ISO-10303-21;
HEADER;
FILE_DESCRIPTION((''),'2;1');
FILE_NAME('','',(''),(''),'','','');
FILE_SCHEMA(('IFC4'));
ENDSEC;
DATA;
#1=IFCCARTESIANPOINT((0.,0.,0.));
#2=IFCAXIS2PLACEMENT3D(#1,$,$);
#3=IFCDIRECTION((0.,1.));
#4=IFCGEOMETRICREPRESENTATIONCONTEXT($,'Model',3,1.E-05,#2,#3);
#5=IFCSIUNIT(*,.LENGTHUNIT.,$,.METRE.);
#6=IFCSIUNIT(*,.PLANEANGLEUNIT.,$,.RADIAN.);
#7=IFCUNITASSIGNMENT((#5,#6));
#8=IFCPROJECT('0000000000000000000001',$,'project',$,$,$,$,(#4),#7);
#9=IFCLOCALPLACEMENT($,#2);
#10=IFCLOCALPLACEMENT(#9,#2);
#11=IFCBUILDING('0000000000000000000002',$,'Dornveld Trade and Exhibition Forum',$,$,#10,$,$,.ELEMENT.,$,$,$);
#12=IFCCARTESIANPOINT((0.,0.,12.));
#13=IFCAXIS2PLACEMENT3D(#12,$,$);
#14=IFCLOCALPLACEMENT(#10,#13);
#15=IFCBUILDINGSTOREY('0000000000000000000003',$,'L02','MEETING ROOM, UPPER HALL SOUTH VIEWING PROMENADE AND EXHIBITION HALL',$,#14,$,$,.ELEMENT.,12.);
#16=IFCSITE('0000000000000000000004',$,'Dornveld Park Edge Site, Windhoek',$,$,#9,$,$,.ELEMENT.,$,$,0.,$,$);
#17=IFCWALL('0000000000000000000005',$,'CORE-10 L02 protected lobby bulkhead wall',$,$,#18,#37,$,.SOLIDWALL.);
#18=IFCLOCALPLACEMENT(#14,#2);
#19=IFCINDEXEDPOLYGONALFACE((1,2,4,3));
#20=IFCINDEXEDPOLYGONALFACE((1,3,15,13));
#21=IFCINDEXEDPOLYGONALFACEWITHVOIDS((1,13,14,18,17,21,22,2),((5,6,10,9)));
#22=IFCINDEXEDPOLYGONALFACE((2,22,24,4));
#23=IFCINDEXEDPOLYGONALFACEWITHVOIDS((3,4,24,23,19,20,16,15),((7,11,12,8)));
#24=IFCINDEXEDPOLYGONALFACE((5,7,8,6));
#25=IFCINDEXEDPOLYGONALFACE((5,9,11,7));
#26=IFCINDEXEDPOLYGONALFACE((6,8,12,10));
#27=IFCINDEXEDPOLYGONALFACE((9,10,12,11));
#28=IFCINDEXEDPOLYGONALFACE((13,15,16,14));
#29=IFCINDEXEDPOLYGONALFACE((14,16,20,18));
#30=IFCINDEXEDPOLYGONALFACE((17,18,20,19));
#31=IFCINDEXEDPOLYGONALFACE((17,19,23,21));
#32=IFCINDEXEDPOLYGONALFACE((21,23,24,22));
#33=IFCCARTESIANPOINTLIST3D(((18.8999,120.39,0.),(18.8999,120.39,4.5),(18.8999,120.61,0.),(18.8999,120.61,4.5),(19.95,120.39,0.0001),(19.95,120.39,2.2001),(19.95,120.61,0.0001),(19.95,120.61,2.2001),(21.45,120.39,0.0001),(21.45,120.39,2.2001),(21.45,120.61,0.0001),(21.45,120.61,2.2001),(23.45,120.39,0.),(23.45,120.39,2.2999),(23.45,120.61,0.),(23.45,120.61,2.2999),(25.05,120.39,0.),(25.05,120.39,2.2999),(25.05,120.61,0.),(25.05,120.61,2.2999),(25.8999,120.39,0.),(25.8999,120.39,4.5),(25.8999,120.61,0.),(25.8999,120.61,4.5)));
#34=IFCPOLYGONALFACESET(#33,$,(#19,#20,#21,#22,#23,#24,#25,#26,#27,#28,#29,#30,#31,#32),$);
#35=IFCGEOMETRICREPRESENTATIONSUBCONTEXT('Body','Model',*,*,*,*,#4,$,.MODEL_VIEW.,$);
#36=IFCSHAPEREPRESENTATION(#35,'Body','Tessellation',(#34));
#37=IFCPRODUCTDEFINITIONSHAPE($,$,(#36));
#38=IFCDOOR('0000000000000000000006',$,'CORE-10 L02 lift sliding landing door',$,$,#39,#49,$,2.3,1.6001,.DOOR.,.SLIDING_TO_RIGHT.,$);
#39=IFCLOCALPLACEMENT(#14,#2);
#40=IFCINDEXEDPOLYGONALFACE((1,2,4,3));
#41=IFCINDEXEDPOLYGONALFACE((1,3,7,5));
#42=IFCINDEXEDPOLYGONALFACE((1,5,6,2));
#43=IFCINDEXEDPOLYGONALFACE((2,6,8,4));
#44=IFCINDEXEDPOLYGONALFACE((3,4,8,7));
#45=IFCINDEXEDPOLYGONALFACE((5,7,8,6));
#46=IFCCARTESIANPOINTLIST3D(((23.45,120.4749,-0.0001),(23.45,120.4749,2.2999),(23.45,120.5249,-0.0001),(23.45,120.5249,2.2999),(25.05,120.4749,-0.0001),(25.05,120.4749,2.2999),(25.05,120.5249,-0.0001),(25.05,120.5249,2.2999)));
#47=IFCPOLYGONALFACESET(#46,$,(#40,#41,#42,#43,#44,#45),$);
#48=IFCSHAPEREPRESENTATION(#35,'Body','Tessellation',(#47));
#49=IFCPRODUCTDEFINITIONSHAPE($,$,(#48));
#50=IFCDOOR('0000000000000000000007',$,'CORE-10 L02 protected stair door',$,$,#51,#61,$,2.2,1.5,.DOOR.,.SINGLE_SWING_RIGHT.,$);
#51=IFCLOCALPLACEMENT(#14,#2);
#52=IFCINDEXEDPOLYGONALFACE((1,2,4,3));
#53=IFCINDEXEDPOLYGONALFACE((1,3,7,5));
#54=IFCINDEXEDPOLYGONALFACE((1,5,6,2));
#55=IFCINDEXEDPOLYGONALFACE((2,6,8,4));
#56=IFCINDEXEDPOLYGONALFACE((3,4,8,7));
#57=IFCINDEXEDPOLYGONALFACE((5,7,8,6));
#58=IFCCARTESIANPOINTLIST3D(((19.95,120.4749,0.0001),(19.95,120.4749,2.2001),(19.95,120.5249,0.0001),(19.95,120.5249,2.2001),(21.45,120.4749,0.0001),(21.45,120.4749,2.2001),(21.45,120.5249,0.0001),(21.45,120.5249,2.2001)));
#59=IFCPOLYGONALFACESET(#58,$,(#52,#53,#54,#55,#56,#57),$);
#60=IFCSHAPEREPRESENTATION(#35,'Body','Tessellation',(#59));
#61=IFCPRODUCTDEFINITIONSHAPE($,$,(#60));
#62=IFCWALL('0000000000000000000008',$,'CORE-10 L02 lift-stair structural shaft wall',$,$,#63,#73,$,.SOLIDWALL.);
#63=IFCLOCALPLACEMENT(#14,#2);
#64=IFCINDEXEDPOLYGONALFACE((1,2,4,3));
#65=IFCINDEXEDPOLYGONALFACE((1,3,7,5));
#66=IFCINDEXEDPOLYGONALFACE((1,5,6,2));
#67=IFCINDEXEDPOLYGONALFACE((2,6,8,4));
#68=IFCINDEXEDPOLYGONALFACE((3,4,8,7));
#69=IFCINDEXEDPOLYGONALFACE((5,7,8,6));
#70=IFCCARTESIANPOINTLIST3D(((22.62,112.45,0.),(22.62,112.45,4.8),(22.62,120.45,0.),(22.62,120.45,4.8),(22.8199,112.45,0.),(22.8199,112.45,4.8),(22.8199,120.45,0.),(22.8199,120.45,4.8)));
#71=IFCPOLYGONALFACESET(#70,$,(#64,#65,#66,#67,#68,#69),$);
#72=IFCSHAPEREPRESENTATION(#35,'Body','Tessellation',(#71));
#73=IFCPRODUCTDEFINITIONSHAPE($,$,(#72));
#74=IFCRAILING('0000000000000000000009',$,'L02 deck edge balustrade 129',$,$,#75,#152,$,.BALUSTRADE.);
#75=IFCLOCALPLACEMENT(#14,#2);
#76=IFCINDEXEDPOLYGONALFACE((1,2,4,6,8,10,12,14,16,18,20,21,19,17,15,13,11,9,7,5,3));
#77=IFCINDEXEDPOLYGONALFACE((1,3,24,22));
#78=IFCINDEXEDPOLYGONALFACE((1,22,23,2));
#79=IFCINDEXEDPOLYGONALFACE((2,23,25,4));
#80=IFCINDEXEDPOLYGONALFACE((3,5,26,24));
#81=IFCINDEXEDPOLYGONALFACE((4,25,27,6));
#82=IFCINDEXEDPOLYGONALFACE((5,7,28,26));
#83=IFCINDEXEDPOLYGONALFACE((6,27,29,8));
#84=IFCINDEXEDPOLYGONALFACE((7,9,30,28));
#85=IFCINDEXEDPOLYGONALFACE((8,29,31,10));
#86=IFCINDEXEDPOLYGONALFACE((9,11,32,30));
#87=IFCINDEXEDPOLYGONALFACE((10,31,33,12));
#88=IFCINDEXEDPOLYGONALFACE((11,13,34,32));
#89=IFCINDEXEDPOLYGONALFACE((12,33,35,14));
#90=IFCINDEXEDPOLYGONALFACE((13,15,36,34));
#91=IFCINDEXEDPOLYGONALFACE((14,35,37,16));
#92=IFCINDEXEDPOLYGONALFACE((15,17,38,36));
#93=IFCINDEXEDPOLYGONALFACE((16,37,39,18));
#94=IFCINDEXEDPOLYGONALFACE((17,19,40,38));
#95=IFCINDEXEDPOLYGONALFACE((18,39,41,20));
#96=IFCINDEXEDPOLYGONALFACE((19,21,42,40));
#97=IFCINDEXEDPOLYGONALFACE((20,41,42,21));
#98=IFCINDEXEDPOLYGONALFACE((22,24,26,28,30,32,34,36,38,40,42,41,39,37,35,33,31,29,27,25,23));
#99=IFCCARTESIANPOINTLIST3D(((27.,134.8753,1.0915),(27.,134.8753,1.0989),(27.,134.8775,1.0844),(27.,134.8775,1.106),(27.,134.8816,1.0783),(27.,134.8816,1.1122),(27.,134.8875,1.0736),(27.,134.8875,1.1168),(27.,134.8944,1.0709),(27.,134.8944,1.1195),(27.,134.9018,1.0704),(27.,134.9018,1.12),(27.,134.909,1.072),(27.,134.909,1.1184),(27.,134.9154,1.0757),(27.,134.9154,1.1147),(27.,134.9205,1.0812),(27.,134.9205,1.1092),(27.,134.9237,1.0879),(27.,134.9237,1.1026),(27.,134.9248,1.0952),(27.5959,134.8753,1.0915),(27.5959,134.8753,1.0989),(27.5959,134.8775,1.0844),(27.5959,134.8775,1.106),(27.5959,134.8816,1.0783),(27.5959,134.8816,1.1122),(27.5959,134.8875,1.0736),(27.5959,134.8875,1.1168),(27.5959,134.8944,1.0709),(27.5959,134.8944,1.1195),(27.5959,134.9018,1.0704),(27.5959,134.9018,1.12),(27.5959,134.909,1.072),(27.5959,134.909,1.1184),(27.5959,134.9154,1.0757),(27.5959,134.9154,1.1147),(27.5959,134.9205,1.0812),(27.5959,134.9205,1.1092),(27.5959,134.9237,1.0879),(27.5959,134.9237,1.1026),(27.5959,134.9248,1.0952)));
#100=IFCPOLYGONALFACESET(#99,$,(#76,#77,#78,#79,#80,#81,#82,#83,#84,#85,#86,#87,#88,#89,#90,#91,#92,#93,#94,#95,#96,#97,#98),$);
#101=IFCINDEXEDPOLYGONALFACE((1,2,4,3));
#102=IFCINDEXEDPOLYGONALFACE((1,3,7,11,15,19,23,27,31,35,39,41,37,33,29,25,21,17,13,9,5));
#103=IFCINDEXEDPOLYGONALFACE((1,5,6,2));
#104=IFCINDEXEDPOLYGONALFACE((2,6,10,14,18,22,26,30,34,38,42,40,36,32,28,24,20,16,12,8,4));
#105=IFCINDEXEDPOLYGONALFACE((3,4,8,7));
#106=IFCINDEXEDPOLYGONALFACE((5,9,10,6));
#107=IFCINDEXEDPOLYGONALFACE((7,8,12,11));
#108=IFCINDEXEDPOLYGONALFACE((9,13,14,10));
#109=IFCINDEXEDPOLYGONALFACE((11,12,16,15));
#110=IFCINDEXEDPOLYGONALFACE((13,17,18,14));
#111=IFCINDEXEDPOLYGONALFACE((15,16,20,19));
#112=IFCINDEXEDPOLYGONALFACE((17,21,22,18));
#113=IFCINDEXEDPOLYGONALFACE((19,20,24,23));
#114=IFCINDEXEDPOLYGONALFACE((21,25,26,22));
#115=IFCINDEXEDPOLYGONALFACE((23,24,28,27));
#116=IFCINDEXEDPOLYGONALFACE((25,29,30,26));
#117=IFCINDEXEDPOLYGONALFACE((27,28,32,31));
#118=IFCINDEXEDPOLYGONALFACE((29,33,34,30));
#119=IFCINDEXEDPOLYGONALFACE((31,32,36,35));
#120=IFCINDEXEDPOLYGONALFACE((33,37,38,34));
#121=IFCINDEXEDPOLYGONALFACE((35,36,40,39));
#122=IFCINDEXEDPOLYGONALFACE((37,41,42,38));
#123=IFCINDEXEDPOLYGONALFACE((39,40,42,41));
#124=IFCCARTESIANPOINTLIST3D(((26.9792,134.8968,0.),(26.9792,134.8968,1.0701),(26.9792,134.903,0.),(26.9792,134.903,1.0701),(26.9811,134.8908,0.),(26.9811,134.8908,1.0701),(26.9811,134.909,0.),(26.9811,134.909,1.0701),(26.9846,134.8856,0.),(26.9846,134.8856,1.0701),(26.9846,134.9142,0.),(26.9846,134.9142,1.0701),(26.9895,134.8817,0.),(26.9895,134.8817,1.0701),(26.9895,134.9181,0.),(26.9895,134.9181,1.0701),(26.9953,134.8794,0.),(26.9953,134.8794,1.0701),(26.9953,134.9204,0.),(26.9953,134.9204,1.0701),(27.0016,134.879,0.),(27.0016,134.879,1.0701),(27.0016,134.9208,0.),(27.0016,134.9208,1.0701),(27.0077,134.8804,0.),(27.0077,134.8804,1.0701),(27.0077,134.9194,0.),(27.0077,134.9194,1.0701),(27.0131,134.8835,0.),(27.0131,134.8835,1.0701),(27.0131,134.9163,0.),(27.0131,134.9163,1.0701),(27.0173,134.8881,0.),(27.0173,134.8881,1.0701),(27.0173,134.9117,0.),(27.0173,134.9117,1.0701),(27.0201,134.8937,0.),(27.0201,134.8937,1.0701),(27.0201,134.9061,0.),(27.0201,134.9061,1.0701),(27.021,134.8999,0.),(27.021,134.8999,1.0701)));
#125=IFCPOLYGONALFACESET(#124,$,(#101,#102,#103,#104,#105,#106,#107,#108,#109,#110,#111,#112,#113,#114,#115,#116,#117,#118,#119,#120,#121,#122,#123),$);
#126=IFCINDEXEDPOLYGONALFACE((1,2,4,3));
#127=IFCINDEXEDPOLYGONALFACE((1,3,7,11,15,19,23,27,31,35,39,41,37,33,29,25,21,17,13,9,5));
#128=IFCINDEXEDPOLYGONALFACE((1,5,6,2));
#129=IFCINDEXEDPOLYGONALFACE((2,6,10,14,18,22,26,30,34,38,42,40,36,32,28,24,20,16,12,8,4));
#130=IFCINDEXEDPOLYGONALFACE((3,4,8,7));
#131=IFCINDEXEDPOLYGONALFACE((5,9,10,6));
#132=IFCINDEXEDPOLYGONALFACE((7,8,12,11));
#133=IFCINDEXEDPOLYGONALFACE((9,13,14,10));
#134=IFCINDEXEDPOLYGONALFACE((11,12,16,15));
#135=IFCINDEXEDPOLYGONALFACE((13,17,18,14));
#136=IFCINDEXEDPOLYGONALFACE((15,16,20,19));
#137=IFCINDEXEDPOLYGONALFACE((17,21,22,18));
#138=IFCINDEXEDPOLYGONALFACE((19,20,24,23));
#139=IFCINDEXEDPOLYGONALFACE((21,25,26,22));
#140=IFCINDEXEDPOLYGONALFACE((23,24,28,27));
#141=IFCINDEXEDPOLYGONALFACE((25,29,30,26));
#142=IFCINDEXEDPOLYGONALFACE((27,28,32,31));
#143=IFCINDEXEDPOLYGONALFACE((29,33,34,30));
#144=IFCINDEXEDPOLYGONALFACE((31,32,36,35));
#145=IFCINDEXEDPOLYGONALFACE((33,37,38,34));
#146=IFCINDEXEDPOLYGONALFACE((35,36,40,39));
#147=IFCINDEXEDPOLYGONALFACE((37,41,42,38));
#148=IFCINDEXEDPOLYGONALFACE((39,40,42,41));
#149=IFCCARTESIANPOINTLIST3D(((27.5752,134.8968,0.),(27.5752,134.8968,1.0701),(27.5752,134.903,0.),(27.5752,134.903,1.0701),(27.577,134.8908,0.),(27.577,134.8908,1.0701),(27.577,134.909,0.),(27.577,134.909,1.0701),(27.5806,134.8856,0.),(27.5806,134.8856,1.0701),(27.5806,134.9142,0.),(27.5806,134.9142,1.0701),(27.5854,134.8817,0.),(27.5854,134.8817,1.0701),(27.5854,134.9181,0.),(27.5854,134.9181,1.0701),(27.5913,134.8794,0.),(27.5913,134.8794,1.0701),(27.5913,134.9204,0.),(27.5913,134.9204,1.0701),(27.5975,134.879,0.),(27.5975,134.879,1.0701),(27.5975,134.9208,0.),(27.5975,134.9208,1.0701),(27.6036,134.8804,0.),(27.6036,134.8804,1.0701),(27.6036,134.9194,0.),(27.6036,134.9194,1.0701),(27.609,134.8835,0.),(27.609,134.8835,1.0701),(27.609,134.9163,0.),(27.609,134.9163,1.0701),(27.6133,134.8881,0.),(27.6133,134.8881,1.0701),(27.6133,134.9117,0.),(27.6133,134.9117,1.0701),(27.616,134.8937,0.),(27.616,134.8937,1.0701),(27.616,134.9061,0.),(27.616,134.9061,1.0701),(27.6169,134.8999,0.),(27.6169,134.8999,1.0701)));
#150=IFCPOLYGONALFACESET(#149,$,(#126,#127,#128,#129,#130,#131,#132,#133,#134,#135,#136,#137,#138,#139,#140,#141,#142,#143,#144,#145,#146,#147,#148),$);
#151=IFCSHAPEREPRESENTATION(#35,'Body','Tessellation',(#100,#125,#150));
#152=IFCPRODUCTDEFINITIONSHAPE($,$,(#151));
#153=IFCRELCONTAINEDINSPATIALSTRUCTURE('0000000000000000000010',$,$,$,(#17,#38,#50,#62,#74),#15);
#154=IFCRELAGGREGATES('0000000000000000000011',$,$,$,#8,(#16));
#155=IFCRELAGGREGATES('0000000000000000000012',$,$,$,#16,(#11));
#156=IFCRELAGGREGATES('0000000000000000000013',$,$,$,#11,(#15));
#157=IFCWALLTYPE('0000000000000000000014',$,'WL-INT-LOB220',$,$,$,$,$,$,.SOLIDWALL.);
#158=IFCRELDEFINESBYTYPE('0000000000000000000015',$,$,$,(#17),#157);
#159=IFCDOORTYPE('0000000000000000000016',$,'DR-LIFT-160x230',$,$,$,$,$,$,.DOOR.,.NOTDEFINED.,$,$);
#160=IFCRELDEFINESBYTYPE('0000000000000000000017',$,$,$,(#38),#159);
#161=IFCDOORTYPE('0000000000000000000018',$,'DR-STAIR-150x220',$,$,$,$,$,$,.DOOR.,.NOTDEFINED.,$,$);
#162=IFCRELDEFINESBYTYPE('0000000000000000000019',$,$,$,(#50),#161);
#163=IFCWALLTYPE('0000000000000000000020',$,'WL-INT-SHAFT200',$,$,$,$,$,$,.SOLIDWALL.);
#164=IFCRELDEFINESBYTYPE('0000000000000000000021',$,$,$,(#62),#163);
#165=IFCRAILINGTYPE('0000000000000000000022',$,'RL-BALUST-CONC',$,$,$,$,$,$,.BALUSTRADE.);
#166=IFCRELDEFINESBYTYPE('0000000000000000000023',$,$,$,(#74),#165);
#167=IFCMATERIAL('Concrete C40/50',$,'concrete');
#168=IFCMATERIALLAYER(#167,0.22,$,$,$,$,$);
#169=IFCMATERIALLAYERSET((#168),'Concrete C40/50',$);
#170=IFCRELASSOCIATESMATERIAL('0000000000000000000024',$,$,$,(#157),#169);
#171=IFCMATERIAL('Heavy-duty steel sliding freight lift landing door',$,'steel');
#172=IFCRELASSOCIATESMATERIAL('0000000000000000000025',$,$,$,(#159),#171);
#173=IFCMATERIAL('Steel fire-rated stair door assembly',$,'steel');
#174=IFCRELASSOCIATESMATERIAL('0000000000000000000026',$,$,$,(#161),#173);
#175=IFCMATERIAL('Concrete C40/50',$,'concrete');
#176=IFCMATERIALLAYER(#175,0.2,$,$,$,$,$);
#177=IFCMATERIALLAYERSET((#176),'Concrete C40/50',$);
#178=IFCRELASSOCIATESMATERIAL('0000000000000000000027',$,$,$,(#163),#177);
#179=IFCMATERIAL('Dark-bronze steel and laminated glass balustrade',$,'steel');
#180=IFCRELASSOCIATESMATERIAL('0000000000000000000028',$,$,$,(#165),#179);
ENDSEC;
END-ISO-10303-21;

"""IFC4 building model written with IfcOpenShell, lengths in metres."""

from ifc_helpers import new_model, si_unit, direction, frame, frame_2d, origin, origin_2d, place, context, subcontext, project, spatial, rectangle, circle, extrude, material, layer, layer_set, type_object, element, fill, save


model = new_model("IFC4")

# Units and contexts
model_context = context("Model", 3, precision=1e-05, world=origin(), true_north=direction((0.0, 1.0)))
body_context = subcontext(model_context, "Body", "Model", "MODEL_VIEW")
ifc_project = project(units=[si_unit("LENGTHUNIT", "METRE"), si_unit("PLANEANGLEUNIT", "RADIAN")], contexts=[model_context])

# Site, building, storey
site_placement = place(None, origin())
site = spatial("IfcSite", under=ifc_project, at=site_placement, Name="Dornveld Park Edge Site, Windhoek", CompositionType="ELEMENT", RefElevation=0.0)
building_placement = place(site_placement, origin())
building = spatial("IfcBuilding", under=site, at=building_placement, Name="Dornveld Trade and Exhibition Forum", CompositionType="ELEMENT")
storey_placement = place(building_placement, frame((0.0, 0.0, 12.0)))
storey = spatial("IfcBuildingStorey", under=building, at=storey_placement, Name="L02", Description="MEETING ROOM, UPPER HALL SOUTH VIEWING PROMENADE AND EXHIBITION HALL", CompositionType="ELEMENT", Elevation=12.0)

# Wall, openings, doors
ifc_material_1 = material(Name="Concrete C40/50", Category="concrete")
ifc_layer_1 = layer(ifc_material_1, 0.22)
ifc_layer_set_1 = layer_set([ifc_layer_1], Name="Concrete C40/50")
wall_type_1 = type_object("IfcWallType", Name="WL-INT-LOB220", PredefinedType="SOLIDWALL", material=ifc_layer_set_1)
wall_1_placement = place(storey_placement, frame((18.8999, 120.5, 0.0), z_axis=(0.0, 0.0, 1.0), x_axis=(1.0, 0.0, 0.0)))
wall_1 = element("IfcWall", 1, at=wall_1_placement, inside=storey, type_object=wall_type_1, Name="CORE-10 L02 protected lobby bulkhead wall", PredefinedType="SOLIDWALL", context=body_context, shape_type="SweptSolid", body=[
    extrude(rectangle(XDim=7.0, YDim=0.22, at=frame_2d((3.5, 0.0))), origin(), (0.0, 0.0, 1.0), 4.5),
])
opening_1_placement = place(wall_1_placement, frame((1.05, 0.0, 0.0)))
opening_1 = element("IfcOpeningElement", 2, at=opening_1_placement, cuts=wall_1, PredefinedType="OPENING", context=body_context, shape_type="SweptSolid", body=[
    extrude(rectangle(XDim=1.5, YDim=2.2, at=frame_2d((0.75, 1.1001))), frame((0.0, 0.1199, 0.0), z_axis=(0.0, -1.0, 0.0), x_axis=(1.0, 0.0, 0.0)), (0.0, 0.0, 1.0), 0.24),
])
opening_2_placement = place(wall_1_placement, frame((4.55, 0.0, 0.0)))
opening_2 = element("IfcOpeningElement", 3, at=opening_2_placement, cuts=wall_1, PredefinedType="OPENING", context=body_context, shape_type="SweptSolid", body=[
    extrude(rectangle(XDim=1.6001, YDim=2.3, at=frame_2d((0.8, 1.1499))), frame((0.0, 0.1199, 0.0), z_axis=(0.0, -1.0, 0.0), x_axis=(1.0, 0.0, 0.0)), (0.0, 0.0, 1.0), 0.24),
])
ifc_material_2 = material(Name="Heavy-duty steel sliding freight lift landing door", Category="steel")
door_type_1 = type_object("IfcDoorType", Name="DR-LIFT-160x230", OperationType="NOTDEFINED", PredefinedType="DOOR", material=ifc_material_2)
door_1_placement = place(opening_2_placement, origin())
door_1 = element("IfcDoor", 4, at=door_1_placement, inside=storey, type_object=door_type_1, Name="CORE-10 L02 lift sliding landing door", OperationType="SLIDING_TO_RIGHT", OverallHeight=2.3, OverallWidth=1.6001, PredefinedType="DOOR", context=body_context, shape_type="SweptSolid", body=[
    extrude(rectangle(XDim=1.6001, YDim=2.3, at=frame_2d((0.8, 1.1499))), frame((0.0, 0.0249, 0.0), z_axis=(0.0, -1.0, 0.0), x_axis=(1.0, 0.0, 0.0)), (0.0, 0.0, 1.0), 0.05),
])
fill(opening_2, door_1)
ifc_material_3 = material(Name="Steel fire-rated stair door assembly", Category="steel")
door_type_2 = type_object("IfcDoorType", Name="DR-STAIR-150x220", OperationType="NOTDEFINED", PredefinedType="DOOR", material=ifc_material_3)
door_2_placement = place(opening_1_placement, origin())
door_2 = element("IfcDoor", 5, at=door_2_placement, inside=storey, type_object=door_type_2, Name="CORE-10 L02 protected stair door", OperationType="SINGLE_SWING_RIGHT", OverallHeight=2.2, OverallWidth=1.5, PredefinedType="DOOR", context=body_context, shape_type="SweptSolid", body=[
    extrude(rectangle(XDim=1.5, YDim=2.2, at=frame_2d((0.75, 1.1001))), frame((0.0, 0.0249, 0.0), z_axis=(0.0, -1.0, 0.0), x_axis=(1.0, 0.0, 0.0)), (0.0, 0.0, 1.0), 0.05),
])
fill(opening_1, door_2)

# Wall
ifc_material_4 = material(Name="Concrete C40/50", Category="concrete")
ifc_layer_2 = layer(ifc_material_4, 0.2)
ifc_layer_set_2 = layer_set([ifc_layer_2], Name="Concrete C40/50")
wall_type_2 = type_object("IfcWallType", Name="WL-INT-SHAFT200", PredefinedType="SOLIDWALL", material=ifc_layer_set_2)
wall_2_placement = place(storey_placement, frame((22.72, 112.45, 0.0), z_axis=(0.0, 0.0, 1.0), x_axis=(0.0, 1.0, 0.0)))
element("IfcWall", 6, at=wall_2_placement, inside=storey, type_object=wall_type_2, Name="CORE-10 L02 lift-stair structural shaft wall", PredefinedType="SOLIDWALL", context=body_context, shape_type="SweptSolid", body=[
    extrude(rectangle(XDim=8.0, YDim=0.2, at=frame_2d((4.0, 0.0))), origin(), (0.0, 0.0, 1.0), 4.8),
])

# Railing
ifc_material_5 = material(Name="Dark-bronze steel and laminated glass balustrade", Category="steel")
railing_type_1 = type_object("IfcRailingType", Name="RL-BALUST-CONC", PredefinedType="BALUSTRADE", material=ifc_material_5)
railing_1_placement = place(storey_placement, frame((27.0, 134.8999, 0.0)))
element("IfcRailing", 7, at=railing_1_placement, inside=storey, type_object=railing_type_1, Name="L02 deck edge balustrade 129", PredefinedType="BALUSTRADE", context=body_context, shape_type="SweptSolid", body=[
    extrude(circle(Radius=0.0249, at=origin_2d()), frame((0.0, 0.0, 1.0952), z_axis=(1.0, 0.0, 0.0), x_axis=(0.0, 1.0, 0.0)), (0.0, 0.0, 1.0), 0.5959),
    extrude(circle(Radius=0.021, at=origin_2d()), origin(), (0.0, 0.0, 1.0), 1.0701),
    extrude(circle(Radius=0.021, at=origin_2d()), frame((0.5959, 0.0, 0.0)), (0.0, 0.0, 1.0), 1.0701),
])

save(model, "model.ifc")
